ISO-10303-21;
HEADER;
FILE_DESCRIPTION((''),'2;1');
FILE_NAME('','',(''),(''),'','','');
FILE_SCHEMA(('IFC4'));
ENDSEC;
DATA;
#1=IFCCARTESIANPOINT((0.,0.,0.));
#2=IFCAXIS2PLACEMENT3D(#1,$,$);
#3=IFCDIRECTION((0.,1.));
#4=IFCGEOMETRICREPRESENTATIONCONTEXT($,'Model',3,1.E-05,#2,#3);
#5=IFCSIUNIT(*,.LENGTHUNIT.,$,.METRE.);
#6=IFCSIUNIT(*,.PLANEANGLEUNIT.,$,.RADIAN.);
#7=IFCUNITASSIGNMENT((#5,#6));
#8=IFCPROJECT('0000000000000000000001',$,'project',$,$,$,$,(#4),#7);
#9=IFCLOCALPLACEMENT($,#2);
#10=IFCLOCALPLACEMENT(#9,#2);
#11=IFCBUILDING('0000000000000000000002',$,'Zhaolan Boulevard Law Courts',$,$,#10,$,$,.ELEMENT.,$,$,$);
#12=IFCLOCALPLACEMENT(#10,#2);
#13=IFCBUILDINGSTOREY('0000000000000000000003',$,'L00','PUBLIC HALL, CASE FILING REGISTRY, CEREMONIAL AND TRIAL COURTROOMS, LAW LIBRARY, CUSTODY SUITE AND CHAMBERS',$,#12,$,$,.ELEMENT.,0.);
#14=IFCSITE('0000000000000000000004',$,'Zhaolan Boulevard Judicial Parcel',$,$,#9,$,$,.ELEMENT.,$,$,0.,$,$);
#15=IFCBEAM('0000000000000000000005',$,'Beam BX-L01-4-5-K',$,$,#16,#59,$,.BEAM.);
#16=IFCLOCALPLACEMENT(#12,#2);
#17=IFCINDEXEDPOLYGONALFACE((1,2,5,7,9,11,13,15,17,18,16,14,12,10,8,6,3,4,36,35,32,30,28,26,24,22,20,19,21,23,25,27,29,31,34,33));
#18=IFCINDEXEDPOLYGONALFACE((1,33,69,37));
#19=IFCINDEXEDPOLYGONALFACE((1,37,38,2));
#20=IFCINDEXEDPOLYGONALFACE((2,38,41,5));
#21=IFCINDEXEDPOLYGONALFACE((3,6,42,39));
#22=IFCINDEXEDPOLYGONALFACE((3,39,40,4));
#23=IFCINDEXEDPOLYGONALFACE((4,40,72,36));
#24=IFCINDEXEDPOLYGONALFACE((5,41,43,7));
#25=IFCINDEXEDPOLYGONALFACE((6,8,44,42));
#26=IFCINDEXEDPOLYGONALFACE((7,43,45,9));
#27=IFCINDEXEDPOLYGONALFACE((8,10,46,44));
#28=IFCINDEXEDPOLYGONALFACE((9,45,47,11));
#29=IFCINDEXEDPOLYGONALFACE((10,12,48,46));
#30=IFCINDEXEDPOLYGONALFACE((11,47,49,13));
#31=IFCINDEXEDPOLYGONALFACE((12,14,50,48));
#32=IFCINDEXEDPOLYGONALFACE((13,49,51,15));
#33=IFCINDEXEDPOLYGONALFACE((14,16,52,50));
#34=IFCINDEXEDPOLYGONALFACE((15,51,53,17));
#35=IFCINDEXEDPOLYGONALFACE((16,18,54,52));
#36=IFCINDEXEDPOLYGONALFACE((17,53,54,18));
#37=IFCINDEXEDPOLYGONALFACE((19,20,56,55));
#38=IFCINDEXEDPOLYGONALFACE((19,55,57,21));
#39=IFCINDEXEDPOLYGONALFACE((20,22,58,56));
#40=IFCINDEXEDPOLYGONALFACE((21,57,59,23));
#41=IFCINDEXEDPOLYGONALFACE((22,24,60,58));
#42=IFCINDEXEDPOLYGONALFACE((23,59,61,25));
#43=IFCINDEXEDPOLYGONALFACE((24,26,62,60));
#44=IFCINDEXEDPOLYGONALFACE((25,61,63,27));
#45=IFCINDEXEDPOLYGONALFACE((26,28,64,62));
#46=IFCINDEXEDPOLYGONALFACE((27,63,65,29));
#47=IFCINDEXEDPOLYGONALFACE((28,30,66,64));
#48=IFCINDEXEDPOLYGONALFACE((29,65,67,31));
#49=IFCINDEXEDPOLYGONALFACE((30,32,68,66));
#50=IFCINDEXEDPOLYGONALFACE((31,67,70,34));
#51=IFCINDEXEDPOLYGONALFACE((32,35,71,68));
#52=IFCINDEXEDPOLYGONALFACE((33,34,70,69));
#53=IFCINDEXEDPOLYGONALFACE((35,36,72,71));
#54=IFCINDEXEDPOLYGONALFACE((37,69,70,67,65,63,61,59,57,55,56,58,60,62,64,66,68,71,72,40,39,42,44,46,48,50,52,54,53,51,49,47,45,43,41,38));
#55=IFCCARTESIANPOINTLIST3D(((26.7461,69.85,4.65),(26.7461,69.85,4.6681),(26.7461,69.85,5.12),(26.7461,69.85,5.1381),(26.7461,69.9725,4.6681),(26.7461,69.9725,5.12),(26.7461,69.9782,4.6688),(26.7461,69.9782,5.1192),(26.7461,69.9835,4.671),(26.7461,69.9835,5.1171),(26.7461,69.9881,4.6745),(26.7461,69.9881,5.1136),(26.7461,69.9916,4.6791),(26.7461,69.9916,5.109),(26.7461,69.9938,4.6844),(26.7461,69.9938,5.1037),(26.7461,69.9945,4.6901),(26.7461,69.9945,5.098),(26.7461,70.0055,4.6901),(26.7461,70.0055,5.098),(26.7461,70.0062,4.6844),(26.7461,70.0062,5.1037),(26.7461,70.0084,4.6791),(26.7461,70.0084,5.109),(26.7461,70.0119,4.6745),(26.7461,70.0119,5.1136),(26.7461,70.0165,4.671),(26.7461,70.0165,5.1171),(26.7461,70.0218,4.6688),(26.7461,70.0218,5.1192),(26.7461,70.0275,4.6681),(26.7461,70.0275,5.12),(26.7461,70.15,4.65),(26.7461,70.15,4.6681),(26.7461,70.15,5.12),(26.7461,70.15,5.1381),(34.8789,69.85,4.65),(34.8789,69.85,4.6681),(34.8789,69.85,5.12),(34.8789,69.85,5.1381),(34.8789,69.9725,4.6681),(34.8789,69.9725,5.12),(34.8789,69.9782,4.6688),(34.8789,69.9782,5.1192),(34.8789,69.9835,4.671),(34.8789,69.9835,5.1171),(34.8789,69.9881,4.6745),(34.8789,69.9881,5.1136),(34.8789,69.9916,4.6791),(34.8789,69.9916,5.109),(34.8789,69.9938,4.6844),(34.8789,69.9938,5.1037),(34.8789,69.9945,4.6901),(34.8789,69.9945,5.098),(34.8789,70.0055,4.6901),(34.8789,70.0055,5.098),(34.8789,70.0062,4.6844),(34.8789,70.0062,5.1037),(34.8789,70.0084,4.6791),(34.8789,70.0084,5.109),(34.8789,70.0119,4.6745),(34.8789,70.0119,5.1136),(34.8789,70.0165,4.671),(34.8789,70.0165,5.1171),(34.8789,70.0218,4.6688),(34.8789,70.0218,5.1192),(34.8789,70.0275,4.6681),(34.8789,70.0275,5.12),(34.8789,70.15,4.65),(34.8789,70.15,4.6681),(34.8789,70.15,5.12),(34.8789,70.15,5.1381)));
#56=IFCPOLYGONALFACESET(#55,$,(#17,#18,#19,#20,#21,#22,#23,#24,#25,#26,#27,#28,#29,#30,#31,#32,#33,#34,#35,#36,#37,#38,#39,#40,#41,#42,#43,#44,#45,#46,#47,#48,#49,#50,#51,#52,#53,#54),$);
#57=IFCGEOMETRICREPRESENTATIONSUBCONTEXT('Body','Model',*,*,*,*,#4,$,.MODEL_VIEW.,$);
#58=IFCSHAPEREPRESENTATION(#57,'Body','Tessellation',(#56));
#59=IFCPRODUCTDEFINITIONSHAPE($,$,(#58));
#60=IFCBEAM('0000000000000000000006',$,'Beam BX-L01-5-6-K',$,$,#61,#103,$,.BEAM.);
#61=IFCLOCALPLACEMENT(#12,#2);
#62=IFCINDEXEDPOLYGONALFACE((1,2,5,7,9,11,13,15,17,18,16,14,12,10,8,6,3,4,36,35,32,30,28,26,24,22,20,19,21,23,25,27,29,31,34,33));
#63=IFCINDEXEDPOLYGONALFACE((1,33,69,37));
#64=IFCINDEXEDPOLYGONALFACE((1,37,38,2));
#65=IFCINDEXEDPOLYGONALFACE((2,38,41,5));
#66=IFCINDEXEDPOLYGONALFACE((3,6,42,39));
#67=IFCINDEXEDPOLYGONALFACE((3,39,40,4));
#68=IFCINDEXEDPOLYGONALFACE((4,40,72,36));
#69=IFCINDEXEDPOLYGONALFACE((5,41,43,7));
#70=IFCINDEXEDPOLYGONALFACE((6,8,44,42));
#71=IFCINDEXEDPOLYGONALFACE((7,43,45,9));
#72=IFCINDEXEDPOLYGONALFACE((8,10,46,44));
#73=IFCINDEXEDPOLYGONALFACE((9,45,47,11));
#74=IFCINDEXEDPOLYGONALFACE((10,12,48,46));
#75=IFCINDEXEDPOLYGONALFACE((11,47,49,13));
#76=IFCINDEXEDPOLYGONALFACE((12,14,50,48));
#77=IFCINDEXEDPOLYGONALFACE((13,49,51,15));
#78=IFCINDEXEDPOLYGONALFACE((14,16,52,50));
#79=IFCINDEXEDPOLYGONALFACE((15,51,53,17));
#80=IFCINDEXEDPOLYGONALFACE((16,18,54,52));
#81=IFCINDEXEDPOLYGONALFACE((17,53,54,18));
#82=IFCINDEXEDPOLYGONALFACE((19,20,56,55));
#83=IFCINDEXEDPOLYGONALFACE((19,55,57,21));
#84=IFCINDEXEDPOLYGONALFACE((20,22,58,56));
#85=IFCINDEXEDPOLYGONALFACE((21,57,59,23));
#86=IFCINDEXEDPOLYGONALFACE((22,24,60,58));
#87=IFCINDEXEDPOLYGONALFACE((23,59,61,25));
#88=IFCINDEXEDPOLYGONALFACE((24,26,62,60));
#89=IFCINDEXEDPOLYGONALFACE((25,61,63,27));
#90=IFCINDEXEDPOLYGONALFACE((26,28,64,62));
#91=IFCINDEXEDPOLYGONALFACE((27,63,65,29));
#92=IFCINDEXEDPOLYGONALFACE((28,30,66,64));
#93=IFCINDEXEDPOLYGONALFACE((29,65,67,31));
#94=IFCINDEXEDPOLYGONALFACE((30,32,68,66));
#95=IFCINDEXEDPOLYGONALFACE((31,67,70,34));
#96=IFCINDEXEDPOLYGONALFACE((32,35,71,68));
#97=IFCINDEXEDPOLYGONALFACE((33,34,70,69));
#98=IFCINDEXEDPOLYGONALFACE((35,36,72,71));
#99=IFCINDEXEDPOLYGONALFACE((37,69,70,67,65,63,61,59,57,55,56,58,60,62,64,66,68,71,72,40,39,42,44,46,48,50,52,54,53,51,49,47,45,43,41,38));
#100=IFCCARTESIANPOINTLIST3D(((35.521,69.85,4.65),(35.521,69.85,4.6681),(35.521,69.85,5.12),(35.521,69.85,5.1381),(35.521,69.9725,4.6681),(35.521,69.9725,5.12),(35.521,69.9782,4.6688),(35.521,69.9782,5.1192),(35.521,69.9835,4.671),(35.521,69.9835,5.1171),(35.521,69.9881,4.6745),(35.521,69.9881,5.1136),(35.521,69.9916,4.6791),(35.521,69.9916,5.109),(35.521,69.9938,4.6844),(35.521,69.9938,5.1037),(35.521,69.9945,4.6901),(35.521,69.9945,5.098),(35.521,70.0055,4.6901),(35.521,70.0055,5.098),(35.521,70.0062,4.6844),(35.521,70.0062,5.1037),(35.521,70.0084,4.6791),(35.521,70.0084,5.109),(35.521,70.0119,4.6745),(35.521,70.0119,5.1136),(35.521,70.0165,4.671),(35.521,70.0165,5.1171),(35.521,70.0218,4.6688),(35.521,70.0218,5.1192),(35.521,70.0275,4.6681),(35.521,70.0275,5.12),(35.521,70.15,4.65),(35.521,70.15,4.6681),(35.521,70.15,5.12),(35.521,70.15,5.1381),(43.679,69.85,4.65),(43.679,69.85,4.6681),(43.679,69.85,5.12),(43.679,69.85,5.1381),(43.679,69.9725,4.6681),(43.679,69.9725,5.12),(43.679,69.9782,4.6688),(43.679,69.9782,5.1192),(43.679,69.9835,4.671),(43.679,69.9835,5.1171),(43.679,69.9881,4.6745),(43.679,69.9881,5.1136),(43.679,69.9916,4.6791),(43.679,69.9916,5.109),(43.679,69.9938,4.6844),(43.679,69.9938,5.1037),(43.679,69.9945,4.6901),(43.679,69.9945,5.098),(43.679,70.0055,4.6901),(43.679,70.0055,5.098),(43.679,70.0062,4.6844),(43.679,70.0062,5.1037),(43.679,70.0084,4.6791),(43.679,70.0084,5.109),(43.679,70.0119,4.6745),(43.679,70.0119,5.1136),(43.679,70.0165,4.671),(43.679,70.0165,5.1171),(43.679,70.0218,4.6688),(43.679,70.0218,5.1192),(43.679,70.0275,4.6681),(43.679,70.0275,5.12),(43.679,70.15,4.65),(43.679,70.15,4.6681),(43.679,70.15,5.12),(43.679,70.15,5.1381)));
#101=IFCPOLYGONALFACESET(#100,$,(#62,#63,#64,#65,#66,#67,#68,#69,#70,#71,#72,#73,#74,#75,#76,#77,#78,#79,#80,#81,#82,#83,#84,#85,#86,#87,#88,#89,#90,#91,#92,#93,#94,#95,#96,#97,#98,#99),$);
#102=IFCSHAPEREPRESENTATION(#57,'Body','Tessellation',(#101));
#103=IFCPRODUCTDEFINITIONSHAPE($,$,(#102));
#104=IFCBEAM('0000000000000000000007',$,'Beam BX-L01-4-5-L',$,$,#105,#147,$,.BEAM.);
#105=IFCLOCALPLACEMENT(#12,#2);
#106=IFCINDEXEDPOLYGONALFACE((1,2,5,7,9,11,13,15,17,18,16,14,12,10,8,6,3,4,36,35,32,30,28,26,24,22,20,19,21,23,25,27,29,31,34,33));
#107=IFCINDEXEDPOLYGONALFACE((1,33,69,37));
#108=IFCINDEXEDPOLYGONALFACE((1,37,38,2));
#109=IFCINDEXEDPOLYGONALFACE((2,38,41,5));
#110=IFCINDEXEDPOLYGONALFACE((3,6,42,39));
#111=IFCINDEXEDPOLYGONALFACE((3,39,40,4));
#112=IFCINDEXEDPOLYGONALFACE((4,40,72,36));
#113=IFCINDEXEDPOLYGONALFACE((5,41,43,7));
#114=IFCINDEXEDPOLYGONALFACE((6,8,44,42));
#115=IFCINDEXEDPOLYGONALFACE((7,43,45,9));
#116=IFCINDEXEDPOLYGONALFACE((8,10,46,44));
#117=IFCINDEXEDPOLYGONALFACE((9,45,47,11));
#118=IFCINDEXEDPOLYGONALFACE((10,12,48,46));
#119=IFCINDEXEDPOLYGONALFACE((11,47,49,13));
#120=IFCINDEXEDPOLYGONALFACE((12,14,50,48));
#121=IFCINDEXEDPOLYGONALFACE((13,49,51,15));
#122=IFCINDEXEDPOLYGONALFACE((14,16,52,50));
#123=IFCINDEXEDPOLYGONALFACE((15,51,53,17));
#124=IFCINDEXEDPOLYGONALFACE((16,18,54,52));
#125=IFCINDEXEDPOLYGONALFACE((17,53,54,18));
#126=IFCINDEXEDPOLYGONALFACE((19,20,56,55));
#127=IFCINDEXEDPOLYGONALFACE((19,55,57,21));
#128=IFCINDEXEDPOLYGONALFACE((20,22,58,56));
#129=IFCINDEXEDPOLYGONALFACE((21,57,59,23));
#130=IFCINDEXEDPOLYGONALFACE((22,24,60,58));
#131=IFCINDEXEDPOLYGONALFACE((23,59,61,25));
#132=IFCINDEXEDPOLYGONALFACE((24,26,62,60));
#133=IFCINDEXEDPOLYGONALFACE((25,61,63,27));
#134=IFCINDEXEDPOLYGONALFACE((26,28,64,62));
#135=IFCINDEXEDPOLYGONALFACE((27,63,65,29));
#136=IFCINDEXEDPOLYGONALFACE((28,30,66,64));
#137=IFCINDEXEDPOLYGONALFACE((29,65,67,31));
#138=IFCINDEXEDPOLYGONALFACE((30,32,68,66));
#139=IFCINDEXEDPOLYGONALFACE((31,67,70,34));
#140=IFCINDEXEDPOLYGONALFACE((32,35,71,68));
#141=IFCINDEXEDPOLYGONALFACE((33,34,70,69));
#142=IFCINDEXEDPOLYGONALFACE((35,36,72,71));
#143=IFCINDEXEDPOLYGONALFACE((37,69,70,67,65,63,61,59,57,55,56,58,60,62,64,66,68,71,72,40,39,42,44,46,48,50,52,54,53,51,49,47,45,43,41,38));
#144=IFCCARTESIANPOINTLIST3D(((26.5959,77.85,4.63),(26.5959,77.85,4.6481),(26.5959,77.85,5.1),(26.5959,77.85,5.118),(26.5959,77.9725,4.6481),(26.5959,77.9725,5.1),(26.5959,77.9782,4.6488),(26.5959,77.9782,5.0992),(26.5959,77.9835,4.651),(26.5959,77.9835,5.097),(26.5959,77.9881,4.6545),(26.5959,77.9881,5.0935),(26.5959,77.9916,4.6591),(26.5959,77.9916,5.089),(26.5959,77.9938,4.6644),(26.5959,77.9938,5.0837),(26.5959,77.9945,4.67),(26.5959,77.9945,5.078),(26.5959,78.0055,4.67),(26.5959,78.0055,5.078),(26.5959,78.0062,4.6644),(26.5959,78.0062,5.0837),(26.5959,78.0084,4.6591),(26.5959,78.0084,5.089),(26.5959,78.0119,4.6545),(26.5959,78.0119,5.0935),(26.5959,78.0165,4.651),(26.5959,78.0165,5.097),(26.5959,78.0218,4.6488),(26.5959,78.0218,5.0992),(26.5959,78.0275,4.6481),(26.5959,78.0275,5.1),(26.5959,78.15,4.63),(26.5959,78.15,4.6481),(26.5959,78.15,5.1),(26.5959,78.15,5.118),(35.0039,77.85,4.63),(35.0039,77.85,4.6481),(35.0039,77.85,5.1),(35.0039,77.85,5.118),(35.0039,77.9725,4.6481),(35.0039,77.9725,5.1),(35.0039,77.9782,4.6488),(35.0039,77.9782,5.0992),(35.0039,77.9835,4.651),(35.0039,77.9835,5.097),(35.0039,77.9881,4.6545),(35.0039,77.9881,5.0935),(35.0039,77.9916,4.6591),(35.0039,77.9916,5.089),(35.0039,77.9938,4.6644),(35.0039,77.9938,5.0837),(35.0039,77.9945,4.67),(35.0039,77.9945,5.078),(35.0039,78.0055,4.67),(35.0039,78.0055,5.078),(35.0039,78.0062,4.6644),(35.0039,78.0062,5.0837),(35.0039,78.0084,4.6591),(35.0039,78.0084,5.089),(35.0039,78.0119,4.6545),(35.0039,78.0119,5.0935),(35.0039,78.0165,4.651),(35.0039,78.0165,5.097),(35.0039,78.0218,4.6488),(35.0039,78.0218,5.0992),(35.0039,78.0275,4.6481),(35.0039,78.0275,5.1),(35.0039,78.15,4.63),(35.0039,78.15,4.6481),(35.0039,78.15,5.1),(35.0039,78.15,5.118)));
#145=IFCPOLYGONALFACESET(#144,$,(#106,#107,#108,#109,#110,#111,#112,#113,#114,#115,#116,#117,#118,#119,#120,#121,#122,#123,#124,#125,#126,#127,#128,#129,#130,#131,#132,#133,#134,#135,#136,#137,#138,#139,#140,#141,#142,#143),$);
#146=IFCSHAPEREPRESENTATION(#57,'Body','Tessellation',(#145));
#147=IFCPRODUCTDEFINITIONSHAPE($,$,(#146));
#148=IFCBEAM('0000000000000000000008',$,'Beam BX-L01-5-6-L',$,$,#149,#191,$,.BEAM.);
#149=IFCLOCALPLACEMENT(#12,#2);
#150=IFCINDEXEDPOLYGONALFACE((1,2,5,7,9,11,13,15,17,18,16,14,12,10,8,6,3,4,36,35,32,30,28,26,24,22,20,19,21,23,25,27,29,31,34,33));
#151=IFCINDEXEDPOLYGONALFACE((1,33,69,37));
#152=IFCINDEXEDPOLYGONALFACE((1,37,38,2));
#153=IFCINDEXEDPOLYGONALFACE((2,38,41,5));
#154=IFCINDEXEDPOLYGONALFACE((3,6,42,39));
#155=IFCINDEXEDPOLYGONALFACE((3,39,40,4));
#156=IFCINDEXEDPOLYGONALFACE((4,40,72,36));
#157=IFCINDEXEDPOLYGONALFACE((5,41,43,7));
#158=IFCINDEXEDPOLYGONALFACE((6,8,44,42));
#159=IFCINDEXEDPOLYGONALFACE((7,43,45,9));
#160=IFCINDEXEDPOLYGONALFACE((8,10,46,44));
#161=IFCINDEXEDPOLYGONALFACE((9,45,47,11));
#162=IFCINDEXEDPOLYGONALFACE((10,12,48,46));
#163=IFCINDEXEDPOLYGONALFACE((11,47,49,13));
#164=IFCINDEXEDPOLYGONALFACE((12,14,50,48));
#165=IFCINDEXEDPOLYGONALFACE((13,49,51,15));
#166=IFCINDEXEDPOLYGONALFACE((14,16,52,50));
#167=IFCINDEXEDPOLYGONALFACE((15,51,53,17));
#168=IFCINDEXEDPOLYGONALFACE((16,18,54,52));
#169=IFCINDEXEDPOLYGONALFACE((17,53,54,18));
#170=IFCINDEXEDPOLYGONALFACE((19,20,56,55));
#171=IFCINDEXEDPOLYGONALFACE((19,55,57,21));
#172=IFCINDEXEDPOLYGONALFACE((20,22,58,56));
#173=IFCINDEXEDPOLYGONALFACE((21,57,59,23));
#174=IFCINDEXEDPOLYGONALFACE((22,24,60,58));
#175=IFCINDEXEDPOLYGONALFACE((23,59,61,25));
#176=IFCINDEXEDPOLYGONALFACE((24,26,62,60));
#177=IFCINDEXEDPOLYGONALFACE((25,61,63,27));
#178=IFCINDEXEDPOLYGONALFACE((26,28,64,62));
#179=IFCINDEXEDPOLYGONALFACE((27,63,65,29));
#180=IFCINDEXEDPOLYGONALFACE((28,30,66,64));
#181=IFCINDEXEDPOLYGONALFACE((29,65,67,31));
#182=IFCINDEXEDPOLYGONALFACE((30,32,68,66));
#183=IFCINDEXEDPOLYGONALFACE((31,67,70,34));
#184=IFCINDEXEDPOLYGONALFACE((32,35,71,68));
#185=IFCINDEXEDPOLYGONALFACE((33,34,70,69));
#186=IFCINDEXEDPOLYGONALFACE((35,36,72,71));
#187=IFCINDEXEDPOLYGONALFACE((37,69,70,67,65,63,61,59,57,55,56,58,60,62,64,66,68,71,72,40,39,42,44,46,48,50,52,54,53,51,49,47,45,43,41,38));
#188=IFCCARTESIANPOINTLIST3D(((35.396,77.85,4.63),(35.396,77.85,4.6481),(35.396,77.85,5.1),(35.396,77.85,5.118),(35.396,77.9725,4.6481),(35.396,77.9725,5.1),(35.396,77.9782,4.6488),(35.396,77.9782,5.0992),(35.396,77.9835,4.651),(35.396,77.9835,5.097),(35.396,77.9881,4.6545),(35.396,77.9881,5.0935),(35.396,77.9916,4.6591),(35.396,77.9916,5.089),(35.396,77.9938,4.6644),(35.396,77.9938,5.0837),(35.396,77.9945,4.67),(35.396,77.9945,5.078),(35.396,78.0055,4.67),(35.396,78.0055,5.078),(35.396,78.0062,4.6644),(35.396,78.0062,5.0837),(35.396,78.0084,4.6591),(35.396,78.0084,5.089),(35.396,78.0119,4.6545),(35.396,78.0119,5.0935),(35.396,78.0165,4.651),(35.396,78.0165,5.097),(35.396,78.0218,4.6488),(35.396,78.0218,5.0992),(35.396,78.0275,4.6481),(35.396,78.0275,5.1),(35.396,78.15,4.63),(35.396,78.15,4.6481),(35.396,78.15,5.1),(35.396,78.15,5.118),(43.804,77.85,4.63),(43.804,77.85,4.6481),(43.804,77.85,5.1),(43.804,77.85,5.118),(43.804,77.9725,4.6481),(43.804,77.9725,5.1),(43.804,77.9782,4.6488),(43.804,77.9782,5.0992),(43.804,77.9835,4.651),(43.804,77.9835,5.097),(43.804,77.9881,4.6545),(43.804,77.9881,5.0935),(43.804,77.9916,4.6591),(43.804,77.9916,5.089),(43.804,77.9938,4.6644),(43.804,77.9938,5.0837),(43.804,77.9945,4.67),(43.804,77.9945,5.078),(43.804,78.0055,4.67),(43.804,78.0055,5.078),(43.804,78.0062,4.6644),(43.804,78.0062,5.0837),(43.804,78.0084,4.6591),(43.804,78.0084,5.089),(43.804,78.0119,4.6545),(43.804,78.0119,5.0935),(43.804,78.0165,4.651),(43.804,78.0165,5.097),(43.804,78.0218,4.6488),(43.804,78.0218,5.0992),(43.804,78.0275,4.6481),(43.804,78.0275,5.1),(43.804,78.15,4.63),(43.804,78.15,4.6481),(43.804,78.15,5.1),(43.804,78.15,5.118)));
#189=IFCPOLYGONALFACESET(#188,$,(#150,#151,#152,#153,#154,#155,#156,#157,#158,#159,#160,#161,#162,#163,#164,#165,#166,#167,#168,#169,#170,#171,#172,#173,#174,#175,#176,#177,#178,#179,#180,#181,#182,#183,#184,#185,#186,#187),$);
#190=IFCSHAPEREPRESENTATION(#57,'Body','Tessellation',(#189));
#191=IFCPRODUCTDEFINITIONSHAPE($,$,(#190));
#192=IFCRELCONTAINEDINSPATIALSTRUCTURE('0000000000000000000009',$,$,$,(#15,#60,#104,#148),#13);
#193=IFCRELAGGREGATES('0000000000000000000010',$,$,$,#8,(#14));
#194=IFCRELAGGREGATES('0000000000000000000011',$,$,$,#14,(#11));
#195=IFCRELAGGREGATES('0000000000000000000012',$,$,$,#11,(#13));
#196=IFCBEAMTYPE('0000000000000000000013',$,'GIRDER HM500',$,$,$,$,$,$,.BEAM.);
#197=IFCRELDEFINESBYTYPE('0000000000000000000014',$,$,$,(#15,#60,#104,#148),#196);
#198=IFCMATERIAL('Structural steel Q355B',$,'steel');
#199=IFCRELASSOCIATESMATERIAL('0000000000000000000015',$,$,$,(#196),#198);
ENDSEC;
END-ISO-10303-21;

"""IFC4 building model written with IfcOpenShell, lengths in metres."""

from ifc_helpers import new_model, si_unit, direction, frame, origin, origin_2d, place, context, subcontext, project, spatial, i_section, extrude, material, material_profile, profile_set, type_object, element, save


model = new_model("IFC4")

# Units and contexts
model_context = context("Model", 3, precision=1e-05, world=origin(), true_north=direction((0.0, 1.0)))
body_context = subcontext(model_context, "Body", "Model", "MODEL_VIEW")
ifc_project = project(units=[si_unit("LENGTHUNIT", "METRE"), si_unit("PLANEANGLEUNIT", "RADIAN")], contexts=[model_context])

# Site, building, storey
site_placement = place(None, origin())
site = spatial("IfcSite", under=ifc_project, at=site_placement, Name="Zhaolan Boulevard Judicial Parcel", CompositionType="ELEMENT", RefElevation=0.0)
building_placement = place(site_placement, origin())
building = spatial("IfcBuilding", under=site, at=building_placement, Name="Zhaolan Boulevard Law Courts", CompositionType="ELEMENT")
storey_placement = place(building_placement, origin())
storey = spatial("IfcBuildingStorey", under=building, at=storey_placement, Name="L00", Description="PUBLIC HALL, CASE FILING REGISTRY, CEREMONIAL AND TRIAL COURTROOMS, LAW LIBRARY, CUSTODY SUITE AND CHAMBERS", CompositionType="ELEMENT", Elevation=0.0)

# Beams
ifc_material_1 = material(Name="Structural steel Q355B", Category="steel")
ifc_material_profile_1 = material_profile(ifc_material_1, i_section(OverallWidth=0.3, OverallDepth=0.488, WebThickness=0.011, FlangeThickness=0.0181, FilletRadius=0.022, at=origin_2d()), Name="HM488x300")
ifc_profile_set_1 = profile_set([ifc_material_profile_1], Name="Structural steel Q355B")
beam_type_1 = type_object("IfcBeamType", Name="GIRDER HM500", PredefinedType="BEAM", material=ifc_profile_set_1)
beam_1_placement = place(storey_placement, frame((26.7461, 70.0, 4.894), z_axis=(1.0, 0.0, 0.0), x_axis=(0.0, 1.0, 0.0)))
element("IfcBeam", 1, at=beam_1_placement, inside=storey, type_object=beam_type_1, Name="Beam BX-L01-4-5-K", PredefinedType="BEAM", context=body_context, shape_type="SweptSolid", body=[
    extrude(i_section(OverallWidth=0.3, OverallDepth=0.488, WebThickness=0.011, FlangeThickness=0.0181, FilletRadius=0.022, at=origin_2d()), origin(), (0.0, 0.0, 1.0), 8.1328),
])
beam_2_placement = place(storey_placement, frame((35.521, 70.0, 4.894), z_axis=(1.0, 0.0, 0.0), x_axis=(0.0, 1.0, 0.0)))
element("IfcBeam", 2, at=beam_2_placement, inside=storey, type_object=beam_type_1, Name="Beam BX-L01-5-6-K", PredefinedType="BEAM", context=body_context, shape_type="SweptSolid", body=[
    extrude(i_section(OverallWidth=0.3, OverallDepth=0.488, WebThickness=0.011, FlangeThickness=0.0181, FilletRadius=0.022, at=origin_2d()), origin(), (0.0, 0.0, 1.0), 8.158),
])
for number, where, z_axis, x_axis, name in (
    (3, (26.5959, 78.0, 4.874), (1.0, 0.0, 0.0), (0.0, 1.0, 0.0), "Beam BX-L01-4-5-L"),
    (4, (35.396, 78.0, 4.874), (1.0, 0.0, 0.0), (0.0, 1.0, 0.0), "Beam BX-L01-5-6-L"),
):
    element("IfcBeam", number, at=place(storey_placement, frame(where, z_axis=z_axis, x_axis=x_axis)), inside=storey, type_object=beam_type_1, Name=name, PredefinedType="BEAM", context=body_context, shape_type="SweptSolid", body=[
        extrude(i_section(OverallWidth=0.3, OverallDepth=0.488, WebThickness=0.011, FlangeThickness=0.0181, FilletRadius=0.022, at=origin_2d()), origin(), (0.0, 0.0, 1.0), 8.408),
    ])

save(model, "model.ifc")
